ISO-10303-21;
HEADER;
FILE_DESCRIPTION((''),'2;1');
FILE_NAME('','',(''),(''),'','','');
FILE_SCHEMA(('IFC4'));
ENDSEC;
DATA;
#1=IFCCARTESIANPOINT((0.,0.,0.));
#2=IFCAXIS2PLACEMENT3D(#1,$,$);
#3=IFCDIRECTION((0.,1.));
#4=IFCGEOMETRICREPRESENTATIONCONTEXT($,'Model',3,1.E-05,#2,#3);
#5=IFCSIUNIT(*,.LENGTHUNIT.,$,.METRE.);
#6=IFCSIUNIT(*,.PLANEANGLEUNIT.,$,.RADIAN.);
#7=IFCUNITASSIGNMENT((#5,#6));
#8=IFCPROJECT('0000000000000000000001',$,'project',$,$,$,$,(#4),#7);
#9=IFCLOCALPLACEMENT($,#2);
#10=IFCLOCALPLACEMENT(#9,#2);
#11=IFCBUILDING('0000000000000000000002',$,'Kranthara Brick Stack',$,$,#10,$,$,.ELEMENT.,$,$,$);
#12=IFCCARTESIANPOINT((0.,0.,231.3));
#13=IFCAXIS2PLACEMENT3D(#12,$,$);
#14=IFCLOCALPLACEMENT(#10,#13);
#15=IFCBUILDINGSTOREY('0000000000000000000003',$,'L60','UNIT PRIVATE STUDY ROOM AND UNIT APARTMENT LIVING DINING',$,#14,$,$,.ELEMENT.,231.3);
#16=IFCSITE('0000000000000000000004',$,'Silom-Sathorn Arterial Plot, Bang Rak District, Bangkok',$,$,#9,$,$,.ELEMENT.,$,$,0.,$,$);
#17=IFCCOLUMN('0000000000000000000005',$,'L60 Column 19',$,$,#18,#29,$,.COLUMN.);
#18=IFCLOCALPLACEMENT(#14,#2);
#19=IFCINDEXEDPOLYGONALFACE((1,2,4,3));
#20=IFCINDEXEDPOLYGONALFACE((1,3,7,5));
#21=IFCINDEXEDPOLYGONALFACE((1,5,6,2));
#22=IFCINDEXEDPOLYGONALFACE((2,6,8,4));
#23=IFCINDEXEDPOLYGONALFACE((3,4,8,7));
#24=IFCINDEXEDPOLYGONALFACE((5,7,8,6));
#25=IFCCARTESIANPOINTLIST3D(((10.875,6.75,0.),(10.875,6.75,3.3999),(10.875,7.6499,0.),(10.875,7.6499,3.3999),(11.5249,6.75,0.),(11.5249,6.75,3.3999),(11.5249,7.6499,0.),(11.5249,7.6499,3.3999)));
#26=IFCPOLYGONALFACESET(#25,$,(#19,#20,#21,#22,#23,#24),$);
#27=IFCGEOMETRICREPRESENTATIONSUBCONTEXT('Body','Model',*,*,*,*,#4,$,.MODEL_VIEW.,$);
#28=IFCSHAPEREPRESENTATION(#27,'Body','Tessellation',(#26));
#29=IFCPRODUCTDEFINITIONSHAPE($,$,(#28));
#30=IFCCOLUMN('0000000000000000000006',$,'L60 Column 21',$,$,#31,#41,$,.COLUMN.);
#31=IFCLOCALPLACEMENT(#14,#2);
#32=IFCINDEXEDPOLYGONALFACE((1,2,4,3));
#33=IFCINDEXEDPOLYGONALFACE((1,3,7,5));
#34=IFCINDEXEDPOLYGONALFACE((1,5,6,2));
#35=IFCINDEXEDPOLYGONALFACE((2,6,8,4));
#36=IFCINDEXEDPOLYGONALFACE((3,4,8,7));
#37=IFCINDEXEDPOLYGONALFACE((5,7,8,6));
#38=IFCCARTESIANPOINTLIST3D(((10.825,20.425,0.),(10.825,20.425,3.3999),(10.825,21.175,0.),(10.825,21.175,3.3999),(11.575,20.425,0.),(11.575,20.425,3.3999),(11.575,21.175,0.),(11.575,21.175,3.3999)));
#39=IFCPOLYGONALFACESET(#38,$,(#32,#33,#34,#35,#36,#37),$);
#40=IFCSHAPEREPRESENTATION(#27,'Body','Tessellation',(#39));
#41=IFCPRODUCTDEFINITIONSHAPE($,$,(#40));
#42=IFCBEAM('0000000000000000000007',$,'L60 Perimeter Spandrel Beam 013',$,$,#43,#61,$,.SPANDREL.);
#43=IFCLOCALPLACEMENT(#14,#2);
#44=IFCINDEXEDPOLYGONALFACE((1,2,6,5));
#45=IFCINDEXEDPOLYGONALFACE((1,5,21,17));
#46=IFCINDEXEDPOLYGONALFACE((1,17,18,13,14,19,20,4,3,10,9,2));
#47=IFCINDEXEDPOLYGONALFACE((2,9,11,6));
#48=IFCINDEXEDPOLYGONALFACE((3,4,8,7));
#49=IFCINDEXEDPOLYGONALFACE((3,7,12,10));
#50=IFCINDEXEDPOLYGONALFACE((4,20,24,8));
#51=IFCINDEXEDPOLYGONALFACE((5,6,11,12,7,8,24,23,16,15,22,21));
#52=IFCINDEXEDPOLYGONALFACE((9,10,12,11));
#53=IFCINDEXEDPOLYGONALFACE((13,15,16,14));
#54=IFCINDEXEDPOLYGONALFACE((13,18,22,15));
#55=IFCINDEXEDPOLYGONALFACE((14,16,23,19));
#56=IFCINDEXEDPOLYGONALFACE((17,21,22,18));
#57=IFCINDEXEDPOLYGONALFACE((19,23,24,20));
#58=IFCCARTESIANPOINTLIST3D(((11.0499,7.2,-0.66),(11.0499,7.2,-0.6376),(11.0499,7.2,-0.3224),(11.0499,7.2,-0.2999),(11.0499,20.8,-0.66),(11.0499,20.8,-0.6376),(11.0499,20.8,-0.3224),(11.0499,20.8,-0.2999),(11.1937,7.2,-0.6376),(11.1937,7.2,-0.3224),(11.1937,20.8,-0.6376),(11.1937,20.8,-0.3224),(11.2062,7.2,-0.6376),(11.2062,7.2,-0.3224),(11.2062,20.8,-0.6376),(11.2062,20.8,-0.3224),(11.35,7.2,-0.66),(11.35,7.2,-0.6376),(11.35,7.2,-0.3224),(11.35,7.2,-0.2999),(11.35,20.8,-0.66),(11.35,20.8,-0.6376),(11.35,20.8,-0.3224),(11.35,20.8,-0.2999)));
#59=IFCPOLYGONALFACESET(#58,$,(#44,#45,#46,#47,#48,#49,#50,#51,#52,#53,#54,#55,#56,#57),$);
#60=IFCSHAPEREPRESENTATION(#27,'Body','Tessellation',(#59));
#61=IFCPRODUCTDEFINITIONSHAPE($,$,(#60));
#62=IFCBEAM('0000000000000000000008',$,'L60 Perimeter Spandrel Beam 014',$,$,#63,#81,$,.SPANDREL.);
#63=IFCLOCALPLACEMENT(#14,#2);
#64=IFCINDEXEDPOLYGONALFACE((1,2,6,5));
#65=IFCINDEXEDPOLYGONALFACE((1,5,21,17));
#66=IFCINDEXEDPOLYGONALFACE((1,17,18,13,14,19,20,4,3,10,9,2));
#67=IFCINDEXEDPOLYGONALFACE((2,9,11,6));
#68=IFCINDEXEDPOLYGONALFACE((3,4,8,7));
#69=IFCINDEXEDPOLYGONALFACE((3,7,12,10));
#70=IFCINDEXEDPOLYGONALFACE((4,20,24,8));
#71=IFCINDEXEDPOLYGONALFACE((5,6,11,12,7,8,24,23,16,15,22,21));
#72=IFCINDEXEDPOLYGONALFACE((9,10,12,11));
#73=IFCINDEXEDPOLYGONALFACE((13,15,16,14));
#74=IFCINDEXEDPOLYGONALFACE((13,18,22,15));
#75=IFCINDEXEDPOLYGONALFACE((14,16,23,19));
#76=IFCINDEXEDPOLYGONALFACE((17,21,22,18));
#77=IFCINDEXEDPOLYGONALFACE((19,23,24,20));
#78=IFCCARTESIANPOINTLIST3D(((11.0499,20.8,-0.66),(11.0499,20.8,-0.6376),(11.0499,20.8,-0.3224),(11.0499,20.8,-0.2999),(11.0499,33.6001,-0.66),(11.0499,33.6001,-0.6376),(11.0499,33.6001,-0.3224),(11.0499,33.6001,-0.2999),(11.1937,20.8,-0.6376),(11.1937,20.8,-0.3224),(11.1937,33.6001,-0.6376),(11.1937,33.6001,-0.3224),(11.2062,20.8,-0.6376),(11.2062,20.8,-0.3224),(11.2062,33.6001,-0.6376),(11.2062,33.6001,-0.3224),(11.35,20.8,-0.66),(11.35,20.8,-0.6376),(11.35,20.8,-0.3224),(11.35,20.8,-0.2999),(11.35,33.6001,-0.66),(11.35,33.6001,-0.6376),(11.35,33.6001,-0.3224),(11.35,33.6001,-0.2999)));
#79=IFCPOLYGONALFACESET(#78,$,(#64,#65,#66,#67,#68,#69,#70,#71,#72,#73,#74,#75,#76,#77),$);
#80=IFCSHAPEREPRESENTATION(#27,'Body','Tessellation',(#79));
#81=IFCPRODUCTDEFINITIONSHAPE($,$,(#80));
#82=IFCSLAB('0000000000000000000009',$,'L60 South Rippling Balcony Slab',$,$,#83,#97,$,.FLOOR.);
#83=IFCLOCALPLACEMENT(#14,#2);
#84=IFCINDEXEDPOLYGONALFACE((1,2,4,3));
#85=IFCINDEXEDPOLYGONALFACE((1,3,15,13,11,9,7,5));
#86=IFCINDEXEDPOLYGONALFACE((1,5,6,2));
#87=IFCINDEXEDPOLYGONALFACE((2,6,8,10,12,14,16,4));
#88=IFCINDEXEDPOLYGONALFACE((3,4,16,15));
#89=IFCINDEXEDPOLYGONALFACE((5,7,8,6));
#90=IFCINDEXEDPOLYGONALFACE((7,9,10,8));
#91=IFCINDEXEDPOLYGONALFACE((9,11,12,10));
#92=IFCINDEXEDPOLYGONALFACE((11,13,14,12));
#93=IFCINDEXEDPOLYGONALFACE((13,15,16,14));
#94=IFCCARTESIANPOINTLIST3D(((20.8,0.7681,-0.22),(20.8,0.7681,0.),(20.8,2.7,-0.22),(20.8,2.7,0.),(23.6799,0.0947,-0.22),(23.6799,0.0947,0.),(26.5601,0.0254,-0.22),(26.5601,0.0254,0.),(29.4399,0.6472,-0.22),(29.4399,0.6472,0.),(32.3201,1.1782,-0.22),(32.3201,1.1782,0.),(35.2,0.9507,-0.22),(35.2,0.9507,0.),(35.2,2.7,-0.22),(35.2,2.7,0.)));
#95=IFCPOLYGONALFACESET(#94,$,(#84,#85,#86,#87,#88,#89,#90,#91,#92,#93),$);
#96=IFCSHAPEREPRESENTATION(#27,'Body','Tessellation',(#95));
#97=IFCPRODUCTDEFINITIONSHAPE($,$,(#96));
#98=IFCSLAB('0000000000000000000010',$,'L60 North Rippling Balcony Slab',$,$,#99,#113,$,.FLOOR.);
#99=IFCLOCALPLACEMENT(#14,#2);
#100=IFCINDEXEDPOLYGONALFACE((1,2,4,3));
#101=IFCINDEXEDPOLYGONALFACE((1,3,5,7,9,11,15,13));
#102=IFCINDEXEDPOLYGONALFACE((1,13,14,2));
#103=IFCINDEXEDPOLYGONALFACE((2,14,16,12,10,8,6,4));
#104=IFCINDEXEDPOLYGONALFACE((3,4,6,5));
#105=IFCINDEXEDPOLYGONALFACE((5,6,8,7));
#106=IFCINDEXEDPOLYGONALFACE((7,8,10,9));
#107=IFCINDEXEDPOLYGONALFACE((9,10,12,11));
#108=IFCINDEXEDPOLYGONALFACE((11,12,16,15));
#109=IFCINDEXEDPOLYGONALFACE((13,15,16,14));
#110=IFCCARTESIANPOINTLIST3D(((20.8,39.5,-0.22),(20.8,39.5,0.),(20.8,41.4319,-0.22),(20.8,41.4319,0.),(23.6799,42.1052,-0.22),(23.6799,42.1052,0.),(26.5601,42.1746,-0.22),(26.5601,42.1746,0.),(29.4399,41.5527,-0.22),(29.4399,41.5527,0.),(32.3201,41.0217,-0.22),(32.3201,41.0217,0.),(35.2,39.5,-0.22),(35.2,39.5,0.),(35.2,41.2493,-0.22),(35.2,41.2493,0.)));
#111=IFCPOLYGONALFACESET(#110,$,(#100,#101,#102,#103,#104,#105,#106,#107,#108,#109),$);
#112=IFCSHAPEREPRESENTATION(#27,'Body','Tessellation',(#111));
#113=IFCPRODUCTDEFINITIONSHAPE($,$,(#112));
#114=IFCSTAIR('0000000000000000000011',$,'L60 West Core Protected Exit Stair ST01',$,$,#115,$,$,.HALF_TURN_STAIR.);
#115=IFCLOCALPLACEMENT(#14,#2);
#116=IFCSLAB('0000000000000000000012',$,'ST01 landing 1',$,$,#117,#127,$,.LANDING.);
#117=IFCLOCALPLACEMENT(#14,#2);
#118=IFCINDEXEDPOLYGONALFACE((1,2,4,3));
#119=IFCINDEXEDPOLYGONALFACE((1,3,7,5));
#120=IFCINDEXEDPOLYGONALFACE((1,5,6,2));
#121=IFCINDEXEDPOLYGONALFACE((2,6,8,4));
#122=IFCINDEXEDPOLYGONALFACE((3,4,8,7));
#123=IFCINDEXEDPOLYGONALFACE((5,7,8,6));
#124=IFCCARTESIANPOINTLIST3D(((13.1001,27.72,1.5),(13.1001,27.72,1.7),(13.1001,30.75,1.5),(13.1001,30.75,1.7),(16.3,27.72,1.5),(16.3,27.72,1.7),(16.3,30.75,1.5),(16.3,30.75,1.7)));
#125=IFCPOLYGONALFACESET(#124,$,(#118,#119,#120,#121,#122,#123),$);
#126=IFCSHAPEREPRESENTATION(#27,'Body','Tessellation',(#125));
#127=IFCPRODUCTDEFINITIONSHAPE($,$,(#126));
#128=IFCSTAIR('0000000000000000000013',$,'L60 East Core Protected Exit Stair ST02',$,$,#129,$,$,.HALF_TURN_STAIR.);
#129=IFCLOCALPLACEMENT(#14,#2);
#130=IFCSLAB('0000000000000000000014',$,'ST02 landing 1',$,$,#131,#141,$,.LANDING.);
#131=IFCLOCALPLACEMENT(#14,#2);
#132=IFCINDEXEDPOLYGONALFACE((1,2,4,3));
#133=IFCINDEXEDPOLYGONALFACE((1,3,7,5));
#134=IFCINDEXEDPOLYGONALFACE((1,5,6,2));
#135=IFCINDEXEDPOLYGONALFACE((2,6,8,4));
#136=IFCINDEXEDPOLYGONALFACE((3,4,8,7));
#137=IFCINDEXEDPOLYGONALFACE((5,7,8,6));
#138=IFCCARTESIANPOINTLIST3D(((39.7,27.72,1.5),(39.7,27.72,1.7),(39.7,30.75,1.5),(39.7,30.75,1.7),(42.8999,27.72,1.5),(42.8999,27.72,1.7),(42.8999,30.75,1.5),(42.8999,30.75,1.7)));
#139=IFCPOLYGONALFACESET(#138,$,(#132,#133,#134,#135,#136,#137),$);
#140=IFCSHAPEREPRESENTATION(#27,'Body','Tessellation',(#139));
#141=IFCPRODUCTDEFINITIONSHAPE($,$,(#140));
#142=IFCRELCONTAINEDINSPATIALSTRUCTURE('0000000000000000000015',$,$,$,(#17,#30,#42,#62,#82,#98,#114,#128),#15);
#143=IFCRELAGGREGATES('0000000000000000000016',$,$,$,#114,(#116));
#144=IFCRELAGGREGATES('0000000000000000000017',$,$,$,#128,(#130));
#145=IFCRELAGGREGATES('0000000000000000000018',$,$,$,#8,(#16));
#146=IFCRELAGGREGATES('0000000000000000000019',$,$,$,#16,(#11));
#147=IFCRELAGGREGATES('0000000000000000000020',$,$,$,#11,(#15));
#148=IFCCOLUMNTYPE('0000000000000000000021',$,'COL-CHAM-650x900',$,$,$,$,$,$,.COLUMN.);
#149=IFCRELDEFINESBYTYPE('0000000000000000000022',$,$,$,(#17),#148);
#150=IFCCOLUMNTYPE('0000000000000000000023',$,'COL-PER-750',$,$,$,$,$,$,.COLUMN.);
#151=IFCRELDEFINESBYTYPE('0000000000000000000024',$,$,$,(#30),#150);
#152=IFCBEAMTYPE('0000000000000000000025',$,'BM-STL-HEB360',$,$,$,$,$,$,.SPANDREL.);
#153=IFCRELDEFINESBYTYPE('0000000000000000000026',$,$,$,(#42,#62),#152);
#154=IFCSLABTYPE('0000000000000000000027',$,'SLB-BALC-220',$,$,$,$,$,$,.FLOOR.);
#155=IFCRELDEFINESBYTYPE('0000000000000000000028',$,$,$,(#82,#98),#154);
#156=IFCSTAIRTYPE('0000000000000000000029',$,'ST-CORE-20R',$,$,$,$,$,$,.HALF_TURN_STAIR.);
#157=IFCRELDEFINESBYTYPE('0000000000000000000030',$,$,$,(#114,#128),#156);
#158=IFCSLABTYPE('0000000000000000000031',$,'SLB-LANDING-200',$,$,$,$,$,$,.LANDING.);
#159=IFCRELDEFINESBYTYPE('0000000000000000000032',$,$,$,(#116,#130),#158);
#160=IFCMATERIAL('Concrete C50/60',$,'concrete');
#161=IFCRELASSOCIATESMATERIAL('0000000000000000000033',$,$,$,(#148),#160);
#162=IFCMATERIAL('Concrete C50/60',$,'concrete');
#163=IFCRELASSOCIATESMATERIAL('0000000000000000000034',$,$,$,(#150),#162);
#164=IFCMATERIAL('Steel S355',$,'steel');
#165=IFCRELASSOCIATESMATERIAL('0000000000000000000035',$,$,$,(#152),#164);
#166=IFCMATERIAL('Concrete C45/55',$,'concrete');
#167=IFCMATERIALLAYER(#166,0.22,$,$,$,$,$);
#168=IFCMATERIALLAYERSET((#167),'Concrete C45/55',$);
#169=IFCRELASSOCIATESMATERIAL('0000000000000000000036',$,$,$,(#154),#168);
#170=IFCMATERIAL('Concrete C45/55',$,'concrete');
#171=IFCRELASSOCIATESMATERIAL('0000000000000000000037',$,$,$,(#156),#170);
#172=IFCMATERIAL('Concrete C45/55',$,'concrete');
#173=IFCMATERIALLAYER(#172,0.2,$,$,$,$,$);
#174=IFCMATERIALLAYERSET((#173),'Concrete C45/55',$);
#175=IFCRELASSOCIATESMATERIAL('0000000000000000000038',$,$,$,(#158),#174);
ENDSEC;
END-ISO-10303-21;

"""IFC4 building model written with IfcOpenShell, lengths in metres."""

from ifc_helpers import new_model, si_unit, direction, frame, origin, origin_2d, place, context, subcontext, project, spatial, polyline, rectangle, i_section, outline, extrude, material, layer, layer_set, material_profile, profile_set, type_object, element, aggregate, save


model = new_model("IFC4")

# Units and contexts
model_context = context("Model", 3, precision=1e-05, world=origin(), true_north=direction((0.0, 1.0)))
body_context = subcontext(model_context, "Body", "Model", "MODEL_VIEW")
ifc_project = project(units=[si_unit("LENGTHUNIT", "METRE"), si_unit("PLANEANGLEUNIT", "RADIAN")], contexts=[model_context])

# Site, building, storey
site_placement = place(None, origin())
site = spatial("IfcSite", under=ifc_project, at=site_placement, Name="Silom-Sathorn Arterial Plot, Bang Rak District, Bangkok", CompositionType="ELEMENT", RefElevation=0.0)
building_placement = place(site_placement, origin())
building = spatial("IfcBuilding", under=site, at=building_placement, Name="Kranthara Brick Stack", CompositionType="ELEMENT")
storey_placement = place(building_placement, frame((0.0, 0.0, 231.3)))
storey = spatial("IfcBuildingStorey", under=building, at=storey_placement, Name="L60", Description="UNIT PRIVATE STUDY ROOM AND UNIT APARTMENT LIVING DINING", CompositionType="ELEMENT", Elevation=231.3)

# Columns
ifc_material_1 = material(Name="Concrete C50/60", Category="concrete")
ifc_material_profile_1 = material_profile(ifc_material_1, rectangle(XDim=0.6499, YDim=0.8999, at=origin_2d()), Name="RC 650x900")
ifc_profile_set_1 = profile_set([ifc_material_profile_1], Name="Concrete C50/60")
column_type_1 = type_object("IfcColumnType", Name="COL-CHAM-650x900", PredefinedType="COLUMN", material=ifc_profile_set_1)
column_1_placement = place(storey_placement, frame((11.2, 7.2, 0.0), z_axis=(0.0, 0.0, 1.0), x_axis=(1.0, 0.0, 0.0)))
element("IfcColumn", 1, at=column_1_placement, inside=storey, type_object=column_type_1, Name="L60 Column 19", PredefinedType="COLUMN", context=body_context, shape_type="SweptSolid", body=[
    extrude(rectangle(XDim=0.6499, YDim=0.8999, at=origin_2d()), origin(), (0.0, 0.0, 1.0), 3.3999),
])
ifc_material_2 = material(Name="Concrete C50/60", Category="concrete")
ifc_material_profile_2 = material_profile(ifc_material_2, rectangle(XDim=0.75, YDim=0.75, at=origin_2d()), Name="RC 750x750")
ifc_profile_set_2 = profile_set([ifc_material_profile_2], Name="Concrete C50/60")
column_type_2 = type_object("IfcColumnType", Name="COL-PER-750", PredefinedType="COLUMN", material=ifc_profile_set_2)
column_2_placement = place(storey_placement, frame((11.2, 20.8, 0.0), z_axis=(0.0, 0.0, 1.0), x_axis=(1.0, 0.0, 0.0)))
element("IfcColumn", 2, at=column_2_placement, inside=storey, type_object=column_type_2, Name="L60 Column 21", PredefinedType="COLUMN", context=body_context, shape_type="SweptSolid", body=[
    extrude(rectangle(XDim=0.75, YDim=0.75, at=origin_2d()), origin(), (0.0, 0.0, 1.0), 3.3999),
])

# Beams
ifc_material_3 = material(Name="Steel S355", Category="steel")
ifc_material_profile_3 = material_profile(ifc_material_3, i_section(OverallWidth=0.3, OverallDepth=0.3601, WebThickness=0.0125, FlangeThickness=0.0225, at=origin_2d()), Name="HEB 360")
ifc_profile_set_3 = profile_set([ifc_material_profile_3], Name="Steel S355")
beam_type = type_object("IfcBeamType", Name="BM-STL-HEB360", PredefinedType="SPANDREL", material=ifc_profile_set_3)
beam_1_placement = place(storey_placement, frame((11.2, 7.2, -0.48), z_axis=(0.0, 1.0, 0.0), x_axis=(-1.0, 0.0, 0.0)))
element("IfcBeam", 3, at=beam_1_placement, inside=storey, type_object=beam_type, Name="L60 Perimeter Spandrel Beam 013", PredefinedType="SPANDREL", context=body_context, shape_type="SweptSolid", body=[
    extrude(i_section(OverallWidth=0.3, OverallDepth=0.3601, WebThickness=0.0125, FlangeThickness=0.0225, at=origin_2d()), origin(), (0.0, 0.0, 1.0), 13.6001),
])
beam_2_placement = place(storey_placement, frame((11.2, 20.8, -0.48), z_axis=(0.0, 1.0, 0.0), x_axis=(-1.0, 0.0, 0.0)))
element("IfcBeam", 4, at=beam_2_placement, inside=storey, type_object=beam_type, Name="L60 Perimeter Spandrel Beam 014", PredefinedType="SPANDREL", context=body_context, shape_type="SweptSolid", body=[
    extrude(i_section(OverallWidth=0.3, OverallDepth=0.3601, WebThickness=0.0125, FlangeThickness=0.0225, at=origin_2d()), origin(), (0.0, 0.0, 1.0), 12.8),
])

# Slabs
ifc_material_4 = material(Name="Concrete C45/55", Category="concrete")
ifc_layer_1 = layer(ifc_material_4, 0.22)
ifc_layer_set_1 = layer_set([ifc_layer_1], Name="Concrete C45/55")
slab_type_1 = type_object("IfcSlabType", Name="SLB-BALC-220", PredefinedType="FLOOR", material=ifc_layer_set_1)
slab_1_placement = place(storey_placement, frame((0.0, 0.0, -0.22)))
element("IfcSlab", 5, at=slab_1_placement, inside=storey, type_object=slab_type_1, Name="L60 South Rippling Balcony Slab", PredefinedType="FLOOR", context=body_context, shape_type="SweptSolid", body=[
    extrude(outline(polyline([(20.8, 2.7), (35.2, 2.7), (35.2, 0.9507), (32.3201, 1.1782), (29.4399, 0.6472), (26.5601, 0.0254), (23.6799, 0.0947), (20.8, 0.7681), (20.8, 2.7)])), origin(), (0.0, 0.0, 1.0), 0.22),
])
slab_2_placement = place(storey_placement, frame((0.0, 0.0, -0.22)))
element("IfcSlab", 6, at=slab_2_placement, inside=storey, type_object=slab_type_1, Name="L60 North Rippling Balcony Slab", PredefinedType="FLOOR", context=body_context, shape_type="SweptSolid", body=[
    extrude(outline(polyline([(35.2, 39.5), (20.8, 39.5), (20.8, 41.4319), (23.6799, 42.1052), (26.5601, 42.1746), (29.4399, 41.5527), (32.3201, 41.0217), (35.2, 41.2493), (35.2, 39.5)])), origin(), (0.0, 0.0, 1.0), 0.22),
])

# Stairs, slabs
ifc_material_5 = material(Name="Concrete C45/55", Category="concrete")
stair_type = type_object("IfcStairType", Name="ST-CORE-20R", PredefinedType="HALF_TURN_STAIR", material=ifc_material_5)
stair_1_placement = place(storey_placement, origin())
stair_1 = element("IfcStair", 7, at=stair_1_placement, inside=storey, type_object=stair_type, Name="L60 West Core Protected Exit Stair ST01", PredefinedType="HALF_TURN_STAIR")
ifc_material_6 = material(Name="Concrete C45/55", Category="concrete")
ifc_layer_2 = layer(ifc_material_6, 0.2)
ifc_layer_set_2 = layer_set([ifc_layer_2], Name="Concrete C45/55")
slab_type_2 = type_object("IfcSlabType", Name="SLB-LANDING-200", PredefinedType="LANDING", material=ifc_layer_set_2)
slab_3_placement = place(storey_placement, frame((0.0, 0.0, 1.5)))
slab_3 = element("IfcSlab", 8, at=slab_3_placement, type_object=slab_type_2, Name="ST01 landing 1", PredefinedType="LANDING", context=body_context, shape_type="SweptSolid", body=[
    extrude(outline(polyline([(16.3, 27.72), (16.3, 30.75), (13.1001, 30.75), (13.1001, 27.72), (16.3, 27.72)])), origin(), (0.0, 0.0, 1.0), 0.2),
])
aggregate(stair_1, [slab_3])
stair_2_placement = place(storey_placement, origin())
stair_2 = element("IfcStair", 9, at=stair_2_placement, inside=storey, type_object=stair_type, Name="L60 East Core Protected Exit Stair ST02", PredefinedType="HALF_TURN_STAIR")
slab_4_placement = place(storey_placement, frame((0.0, 0.0, 1.5)))
slab_4 = element("IfcSlab", 10, at=slab_4_placement, type_object=slab_type_2, Name="ST02 landing 1", PredefinedType="LANDING", context=body_context, shape_type="SweptSolid", body=[
    extrude(outline(polyline([(42.8999, 27.72), (42.8999, 30.75), (39.7, 30.75), (39.7, 27.72), (42.8999, 27.72)])), origin(), (0.0, 0.0, 1.0), 0.2),
])
aggregate(stair_2, [slab_4])

save(model, "model.ifc")
